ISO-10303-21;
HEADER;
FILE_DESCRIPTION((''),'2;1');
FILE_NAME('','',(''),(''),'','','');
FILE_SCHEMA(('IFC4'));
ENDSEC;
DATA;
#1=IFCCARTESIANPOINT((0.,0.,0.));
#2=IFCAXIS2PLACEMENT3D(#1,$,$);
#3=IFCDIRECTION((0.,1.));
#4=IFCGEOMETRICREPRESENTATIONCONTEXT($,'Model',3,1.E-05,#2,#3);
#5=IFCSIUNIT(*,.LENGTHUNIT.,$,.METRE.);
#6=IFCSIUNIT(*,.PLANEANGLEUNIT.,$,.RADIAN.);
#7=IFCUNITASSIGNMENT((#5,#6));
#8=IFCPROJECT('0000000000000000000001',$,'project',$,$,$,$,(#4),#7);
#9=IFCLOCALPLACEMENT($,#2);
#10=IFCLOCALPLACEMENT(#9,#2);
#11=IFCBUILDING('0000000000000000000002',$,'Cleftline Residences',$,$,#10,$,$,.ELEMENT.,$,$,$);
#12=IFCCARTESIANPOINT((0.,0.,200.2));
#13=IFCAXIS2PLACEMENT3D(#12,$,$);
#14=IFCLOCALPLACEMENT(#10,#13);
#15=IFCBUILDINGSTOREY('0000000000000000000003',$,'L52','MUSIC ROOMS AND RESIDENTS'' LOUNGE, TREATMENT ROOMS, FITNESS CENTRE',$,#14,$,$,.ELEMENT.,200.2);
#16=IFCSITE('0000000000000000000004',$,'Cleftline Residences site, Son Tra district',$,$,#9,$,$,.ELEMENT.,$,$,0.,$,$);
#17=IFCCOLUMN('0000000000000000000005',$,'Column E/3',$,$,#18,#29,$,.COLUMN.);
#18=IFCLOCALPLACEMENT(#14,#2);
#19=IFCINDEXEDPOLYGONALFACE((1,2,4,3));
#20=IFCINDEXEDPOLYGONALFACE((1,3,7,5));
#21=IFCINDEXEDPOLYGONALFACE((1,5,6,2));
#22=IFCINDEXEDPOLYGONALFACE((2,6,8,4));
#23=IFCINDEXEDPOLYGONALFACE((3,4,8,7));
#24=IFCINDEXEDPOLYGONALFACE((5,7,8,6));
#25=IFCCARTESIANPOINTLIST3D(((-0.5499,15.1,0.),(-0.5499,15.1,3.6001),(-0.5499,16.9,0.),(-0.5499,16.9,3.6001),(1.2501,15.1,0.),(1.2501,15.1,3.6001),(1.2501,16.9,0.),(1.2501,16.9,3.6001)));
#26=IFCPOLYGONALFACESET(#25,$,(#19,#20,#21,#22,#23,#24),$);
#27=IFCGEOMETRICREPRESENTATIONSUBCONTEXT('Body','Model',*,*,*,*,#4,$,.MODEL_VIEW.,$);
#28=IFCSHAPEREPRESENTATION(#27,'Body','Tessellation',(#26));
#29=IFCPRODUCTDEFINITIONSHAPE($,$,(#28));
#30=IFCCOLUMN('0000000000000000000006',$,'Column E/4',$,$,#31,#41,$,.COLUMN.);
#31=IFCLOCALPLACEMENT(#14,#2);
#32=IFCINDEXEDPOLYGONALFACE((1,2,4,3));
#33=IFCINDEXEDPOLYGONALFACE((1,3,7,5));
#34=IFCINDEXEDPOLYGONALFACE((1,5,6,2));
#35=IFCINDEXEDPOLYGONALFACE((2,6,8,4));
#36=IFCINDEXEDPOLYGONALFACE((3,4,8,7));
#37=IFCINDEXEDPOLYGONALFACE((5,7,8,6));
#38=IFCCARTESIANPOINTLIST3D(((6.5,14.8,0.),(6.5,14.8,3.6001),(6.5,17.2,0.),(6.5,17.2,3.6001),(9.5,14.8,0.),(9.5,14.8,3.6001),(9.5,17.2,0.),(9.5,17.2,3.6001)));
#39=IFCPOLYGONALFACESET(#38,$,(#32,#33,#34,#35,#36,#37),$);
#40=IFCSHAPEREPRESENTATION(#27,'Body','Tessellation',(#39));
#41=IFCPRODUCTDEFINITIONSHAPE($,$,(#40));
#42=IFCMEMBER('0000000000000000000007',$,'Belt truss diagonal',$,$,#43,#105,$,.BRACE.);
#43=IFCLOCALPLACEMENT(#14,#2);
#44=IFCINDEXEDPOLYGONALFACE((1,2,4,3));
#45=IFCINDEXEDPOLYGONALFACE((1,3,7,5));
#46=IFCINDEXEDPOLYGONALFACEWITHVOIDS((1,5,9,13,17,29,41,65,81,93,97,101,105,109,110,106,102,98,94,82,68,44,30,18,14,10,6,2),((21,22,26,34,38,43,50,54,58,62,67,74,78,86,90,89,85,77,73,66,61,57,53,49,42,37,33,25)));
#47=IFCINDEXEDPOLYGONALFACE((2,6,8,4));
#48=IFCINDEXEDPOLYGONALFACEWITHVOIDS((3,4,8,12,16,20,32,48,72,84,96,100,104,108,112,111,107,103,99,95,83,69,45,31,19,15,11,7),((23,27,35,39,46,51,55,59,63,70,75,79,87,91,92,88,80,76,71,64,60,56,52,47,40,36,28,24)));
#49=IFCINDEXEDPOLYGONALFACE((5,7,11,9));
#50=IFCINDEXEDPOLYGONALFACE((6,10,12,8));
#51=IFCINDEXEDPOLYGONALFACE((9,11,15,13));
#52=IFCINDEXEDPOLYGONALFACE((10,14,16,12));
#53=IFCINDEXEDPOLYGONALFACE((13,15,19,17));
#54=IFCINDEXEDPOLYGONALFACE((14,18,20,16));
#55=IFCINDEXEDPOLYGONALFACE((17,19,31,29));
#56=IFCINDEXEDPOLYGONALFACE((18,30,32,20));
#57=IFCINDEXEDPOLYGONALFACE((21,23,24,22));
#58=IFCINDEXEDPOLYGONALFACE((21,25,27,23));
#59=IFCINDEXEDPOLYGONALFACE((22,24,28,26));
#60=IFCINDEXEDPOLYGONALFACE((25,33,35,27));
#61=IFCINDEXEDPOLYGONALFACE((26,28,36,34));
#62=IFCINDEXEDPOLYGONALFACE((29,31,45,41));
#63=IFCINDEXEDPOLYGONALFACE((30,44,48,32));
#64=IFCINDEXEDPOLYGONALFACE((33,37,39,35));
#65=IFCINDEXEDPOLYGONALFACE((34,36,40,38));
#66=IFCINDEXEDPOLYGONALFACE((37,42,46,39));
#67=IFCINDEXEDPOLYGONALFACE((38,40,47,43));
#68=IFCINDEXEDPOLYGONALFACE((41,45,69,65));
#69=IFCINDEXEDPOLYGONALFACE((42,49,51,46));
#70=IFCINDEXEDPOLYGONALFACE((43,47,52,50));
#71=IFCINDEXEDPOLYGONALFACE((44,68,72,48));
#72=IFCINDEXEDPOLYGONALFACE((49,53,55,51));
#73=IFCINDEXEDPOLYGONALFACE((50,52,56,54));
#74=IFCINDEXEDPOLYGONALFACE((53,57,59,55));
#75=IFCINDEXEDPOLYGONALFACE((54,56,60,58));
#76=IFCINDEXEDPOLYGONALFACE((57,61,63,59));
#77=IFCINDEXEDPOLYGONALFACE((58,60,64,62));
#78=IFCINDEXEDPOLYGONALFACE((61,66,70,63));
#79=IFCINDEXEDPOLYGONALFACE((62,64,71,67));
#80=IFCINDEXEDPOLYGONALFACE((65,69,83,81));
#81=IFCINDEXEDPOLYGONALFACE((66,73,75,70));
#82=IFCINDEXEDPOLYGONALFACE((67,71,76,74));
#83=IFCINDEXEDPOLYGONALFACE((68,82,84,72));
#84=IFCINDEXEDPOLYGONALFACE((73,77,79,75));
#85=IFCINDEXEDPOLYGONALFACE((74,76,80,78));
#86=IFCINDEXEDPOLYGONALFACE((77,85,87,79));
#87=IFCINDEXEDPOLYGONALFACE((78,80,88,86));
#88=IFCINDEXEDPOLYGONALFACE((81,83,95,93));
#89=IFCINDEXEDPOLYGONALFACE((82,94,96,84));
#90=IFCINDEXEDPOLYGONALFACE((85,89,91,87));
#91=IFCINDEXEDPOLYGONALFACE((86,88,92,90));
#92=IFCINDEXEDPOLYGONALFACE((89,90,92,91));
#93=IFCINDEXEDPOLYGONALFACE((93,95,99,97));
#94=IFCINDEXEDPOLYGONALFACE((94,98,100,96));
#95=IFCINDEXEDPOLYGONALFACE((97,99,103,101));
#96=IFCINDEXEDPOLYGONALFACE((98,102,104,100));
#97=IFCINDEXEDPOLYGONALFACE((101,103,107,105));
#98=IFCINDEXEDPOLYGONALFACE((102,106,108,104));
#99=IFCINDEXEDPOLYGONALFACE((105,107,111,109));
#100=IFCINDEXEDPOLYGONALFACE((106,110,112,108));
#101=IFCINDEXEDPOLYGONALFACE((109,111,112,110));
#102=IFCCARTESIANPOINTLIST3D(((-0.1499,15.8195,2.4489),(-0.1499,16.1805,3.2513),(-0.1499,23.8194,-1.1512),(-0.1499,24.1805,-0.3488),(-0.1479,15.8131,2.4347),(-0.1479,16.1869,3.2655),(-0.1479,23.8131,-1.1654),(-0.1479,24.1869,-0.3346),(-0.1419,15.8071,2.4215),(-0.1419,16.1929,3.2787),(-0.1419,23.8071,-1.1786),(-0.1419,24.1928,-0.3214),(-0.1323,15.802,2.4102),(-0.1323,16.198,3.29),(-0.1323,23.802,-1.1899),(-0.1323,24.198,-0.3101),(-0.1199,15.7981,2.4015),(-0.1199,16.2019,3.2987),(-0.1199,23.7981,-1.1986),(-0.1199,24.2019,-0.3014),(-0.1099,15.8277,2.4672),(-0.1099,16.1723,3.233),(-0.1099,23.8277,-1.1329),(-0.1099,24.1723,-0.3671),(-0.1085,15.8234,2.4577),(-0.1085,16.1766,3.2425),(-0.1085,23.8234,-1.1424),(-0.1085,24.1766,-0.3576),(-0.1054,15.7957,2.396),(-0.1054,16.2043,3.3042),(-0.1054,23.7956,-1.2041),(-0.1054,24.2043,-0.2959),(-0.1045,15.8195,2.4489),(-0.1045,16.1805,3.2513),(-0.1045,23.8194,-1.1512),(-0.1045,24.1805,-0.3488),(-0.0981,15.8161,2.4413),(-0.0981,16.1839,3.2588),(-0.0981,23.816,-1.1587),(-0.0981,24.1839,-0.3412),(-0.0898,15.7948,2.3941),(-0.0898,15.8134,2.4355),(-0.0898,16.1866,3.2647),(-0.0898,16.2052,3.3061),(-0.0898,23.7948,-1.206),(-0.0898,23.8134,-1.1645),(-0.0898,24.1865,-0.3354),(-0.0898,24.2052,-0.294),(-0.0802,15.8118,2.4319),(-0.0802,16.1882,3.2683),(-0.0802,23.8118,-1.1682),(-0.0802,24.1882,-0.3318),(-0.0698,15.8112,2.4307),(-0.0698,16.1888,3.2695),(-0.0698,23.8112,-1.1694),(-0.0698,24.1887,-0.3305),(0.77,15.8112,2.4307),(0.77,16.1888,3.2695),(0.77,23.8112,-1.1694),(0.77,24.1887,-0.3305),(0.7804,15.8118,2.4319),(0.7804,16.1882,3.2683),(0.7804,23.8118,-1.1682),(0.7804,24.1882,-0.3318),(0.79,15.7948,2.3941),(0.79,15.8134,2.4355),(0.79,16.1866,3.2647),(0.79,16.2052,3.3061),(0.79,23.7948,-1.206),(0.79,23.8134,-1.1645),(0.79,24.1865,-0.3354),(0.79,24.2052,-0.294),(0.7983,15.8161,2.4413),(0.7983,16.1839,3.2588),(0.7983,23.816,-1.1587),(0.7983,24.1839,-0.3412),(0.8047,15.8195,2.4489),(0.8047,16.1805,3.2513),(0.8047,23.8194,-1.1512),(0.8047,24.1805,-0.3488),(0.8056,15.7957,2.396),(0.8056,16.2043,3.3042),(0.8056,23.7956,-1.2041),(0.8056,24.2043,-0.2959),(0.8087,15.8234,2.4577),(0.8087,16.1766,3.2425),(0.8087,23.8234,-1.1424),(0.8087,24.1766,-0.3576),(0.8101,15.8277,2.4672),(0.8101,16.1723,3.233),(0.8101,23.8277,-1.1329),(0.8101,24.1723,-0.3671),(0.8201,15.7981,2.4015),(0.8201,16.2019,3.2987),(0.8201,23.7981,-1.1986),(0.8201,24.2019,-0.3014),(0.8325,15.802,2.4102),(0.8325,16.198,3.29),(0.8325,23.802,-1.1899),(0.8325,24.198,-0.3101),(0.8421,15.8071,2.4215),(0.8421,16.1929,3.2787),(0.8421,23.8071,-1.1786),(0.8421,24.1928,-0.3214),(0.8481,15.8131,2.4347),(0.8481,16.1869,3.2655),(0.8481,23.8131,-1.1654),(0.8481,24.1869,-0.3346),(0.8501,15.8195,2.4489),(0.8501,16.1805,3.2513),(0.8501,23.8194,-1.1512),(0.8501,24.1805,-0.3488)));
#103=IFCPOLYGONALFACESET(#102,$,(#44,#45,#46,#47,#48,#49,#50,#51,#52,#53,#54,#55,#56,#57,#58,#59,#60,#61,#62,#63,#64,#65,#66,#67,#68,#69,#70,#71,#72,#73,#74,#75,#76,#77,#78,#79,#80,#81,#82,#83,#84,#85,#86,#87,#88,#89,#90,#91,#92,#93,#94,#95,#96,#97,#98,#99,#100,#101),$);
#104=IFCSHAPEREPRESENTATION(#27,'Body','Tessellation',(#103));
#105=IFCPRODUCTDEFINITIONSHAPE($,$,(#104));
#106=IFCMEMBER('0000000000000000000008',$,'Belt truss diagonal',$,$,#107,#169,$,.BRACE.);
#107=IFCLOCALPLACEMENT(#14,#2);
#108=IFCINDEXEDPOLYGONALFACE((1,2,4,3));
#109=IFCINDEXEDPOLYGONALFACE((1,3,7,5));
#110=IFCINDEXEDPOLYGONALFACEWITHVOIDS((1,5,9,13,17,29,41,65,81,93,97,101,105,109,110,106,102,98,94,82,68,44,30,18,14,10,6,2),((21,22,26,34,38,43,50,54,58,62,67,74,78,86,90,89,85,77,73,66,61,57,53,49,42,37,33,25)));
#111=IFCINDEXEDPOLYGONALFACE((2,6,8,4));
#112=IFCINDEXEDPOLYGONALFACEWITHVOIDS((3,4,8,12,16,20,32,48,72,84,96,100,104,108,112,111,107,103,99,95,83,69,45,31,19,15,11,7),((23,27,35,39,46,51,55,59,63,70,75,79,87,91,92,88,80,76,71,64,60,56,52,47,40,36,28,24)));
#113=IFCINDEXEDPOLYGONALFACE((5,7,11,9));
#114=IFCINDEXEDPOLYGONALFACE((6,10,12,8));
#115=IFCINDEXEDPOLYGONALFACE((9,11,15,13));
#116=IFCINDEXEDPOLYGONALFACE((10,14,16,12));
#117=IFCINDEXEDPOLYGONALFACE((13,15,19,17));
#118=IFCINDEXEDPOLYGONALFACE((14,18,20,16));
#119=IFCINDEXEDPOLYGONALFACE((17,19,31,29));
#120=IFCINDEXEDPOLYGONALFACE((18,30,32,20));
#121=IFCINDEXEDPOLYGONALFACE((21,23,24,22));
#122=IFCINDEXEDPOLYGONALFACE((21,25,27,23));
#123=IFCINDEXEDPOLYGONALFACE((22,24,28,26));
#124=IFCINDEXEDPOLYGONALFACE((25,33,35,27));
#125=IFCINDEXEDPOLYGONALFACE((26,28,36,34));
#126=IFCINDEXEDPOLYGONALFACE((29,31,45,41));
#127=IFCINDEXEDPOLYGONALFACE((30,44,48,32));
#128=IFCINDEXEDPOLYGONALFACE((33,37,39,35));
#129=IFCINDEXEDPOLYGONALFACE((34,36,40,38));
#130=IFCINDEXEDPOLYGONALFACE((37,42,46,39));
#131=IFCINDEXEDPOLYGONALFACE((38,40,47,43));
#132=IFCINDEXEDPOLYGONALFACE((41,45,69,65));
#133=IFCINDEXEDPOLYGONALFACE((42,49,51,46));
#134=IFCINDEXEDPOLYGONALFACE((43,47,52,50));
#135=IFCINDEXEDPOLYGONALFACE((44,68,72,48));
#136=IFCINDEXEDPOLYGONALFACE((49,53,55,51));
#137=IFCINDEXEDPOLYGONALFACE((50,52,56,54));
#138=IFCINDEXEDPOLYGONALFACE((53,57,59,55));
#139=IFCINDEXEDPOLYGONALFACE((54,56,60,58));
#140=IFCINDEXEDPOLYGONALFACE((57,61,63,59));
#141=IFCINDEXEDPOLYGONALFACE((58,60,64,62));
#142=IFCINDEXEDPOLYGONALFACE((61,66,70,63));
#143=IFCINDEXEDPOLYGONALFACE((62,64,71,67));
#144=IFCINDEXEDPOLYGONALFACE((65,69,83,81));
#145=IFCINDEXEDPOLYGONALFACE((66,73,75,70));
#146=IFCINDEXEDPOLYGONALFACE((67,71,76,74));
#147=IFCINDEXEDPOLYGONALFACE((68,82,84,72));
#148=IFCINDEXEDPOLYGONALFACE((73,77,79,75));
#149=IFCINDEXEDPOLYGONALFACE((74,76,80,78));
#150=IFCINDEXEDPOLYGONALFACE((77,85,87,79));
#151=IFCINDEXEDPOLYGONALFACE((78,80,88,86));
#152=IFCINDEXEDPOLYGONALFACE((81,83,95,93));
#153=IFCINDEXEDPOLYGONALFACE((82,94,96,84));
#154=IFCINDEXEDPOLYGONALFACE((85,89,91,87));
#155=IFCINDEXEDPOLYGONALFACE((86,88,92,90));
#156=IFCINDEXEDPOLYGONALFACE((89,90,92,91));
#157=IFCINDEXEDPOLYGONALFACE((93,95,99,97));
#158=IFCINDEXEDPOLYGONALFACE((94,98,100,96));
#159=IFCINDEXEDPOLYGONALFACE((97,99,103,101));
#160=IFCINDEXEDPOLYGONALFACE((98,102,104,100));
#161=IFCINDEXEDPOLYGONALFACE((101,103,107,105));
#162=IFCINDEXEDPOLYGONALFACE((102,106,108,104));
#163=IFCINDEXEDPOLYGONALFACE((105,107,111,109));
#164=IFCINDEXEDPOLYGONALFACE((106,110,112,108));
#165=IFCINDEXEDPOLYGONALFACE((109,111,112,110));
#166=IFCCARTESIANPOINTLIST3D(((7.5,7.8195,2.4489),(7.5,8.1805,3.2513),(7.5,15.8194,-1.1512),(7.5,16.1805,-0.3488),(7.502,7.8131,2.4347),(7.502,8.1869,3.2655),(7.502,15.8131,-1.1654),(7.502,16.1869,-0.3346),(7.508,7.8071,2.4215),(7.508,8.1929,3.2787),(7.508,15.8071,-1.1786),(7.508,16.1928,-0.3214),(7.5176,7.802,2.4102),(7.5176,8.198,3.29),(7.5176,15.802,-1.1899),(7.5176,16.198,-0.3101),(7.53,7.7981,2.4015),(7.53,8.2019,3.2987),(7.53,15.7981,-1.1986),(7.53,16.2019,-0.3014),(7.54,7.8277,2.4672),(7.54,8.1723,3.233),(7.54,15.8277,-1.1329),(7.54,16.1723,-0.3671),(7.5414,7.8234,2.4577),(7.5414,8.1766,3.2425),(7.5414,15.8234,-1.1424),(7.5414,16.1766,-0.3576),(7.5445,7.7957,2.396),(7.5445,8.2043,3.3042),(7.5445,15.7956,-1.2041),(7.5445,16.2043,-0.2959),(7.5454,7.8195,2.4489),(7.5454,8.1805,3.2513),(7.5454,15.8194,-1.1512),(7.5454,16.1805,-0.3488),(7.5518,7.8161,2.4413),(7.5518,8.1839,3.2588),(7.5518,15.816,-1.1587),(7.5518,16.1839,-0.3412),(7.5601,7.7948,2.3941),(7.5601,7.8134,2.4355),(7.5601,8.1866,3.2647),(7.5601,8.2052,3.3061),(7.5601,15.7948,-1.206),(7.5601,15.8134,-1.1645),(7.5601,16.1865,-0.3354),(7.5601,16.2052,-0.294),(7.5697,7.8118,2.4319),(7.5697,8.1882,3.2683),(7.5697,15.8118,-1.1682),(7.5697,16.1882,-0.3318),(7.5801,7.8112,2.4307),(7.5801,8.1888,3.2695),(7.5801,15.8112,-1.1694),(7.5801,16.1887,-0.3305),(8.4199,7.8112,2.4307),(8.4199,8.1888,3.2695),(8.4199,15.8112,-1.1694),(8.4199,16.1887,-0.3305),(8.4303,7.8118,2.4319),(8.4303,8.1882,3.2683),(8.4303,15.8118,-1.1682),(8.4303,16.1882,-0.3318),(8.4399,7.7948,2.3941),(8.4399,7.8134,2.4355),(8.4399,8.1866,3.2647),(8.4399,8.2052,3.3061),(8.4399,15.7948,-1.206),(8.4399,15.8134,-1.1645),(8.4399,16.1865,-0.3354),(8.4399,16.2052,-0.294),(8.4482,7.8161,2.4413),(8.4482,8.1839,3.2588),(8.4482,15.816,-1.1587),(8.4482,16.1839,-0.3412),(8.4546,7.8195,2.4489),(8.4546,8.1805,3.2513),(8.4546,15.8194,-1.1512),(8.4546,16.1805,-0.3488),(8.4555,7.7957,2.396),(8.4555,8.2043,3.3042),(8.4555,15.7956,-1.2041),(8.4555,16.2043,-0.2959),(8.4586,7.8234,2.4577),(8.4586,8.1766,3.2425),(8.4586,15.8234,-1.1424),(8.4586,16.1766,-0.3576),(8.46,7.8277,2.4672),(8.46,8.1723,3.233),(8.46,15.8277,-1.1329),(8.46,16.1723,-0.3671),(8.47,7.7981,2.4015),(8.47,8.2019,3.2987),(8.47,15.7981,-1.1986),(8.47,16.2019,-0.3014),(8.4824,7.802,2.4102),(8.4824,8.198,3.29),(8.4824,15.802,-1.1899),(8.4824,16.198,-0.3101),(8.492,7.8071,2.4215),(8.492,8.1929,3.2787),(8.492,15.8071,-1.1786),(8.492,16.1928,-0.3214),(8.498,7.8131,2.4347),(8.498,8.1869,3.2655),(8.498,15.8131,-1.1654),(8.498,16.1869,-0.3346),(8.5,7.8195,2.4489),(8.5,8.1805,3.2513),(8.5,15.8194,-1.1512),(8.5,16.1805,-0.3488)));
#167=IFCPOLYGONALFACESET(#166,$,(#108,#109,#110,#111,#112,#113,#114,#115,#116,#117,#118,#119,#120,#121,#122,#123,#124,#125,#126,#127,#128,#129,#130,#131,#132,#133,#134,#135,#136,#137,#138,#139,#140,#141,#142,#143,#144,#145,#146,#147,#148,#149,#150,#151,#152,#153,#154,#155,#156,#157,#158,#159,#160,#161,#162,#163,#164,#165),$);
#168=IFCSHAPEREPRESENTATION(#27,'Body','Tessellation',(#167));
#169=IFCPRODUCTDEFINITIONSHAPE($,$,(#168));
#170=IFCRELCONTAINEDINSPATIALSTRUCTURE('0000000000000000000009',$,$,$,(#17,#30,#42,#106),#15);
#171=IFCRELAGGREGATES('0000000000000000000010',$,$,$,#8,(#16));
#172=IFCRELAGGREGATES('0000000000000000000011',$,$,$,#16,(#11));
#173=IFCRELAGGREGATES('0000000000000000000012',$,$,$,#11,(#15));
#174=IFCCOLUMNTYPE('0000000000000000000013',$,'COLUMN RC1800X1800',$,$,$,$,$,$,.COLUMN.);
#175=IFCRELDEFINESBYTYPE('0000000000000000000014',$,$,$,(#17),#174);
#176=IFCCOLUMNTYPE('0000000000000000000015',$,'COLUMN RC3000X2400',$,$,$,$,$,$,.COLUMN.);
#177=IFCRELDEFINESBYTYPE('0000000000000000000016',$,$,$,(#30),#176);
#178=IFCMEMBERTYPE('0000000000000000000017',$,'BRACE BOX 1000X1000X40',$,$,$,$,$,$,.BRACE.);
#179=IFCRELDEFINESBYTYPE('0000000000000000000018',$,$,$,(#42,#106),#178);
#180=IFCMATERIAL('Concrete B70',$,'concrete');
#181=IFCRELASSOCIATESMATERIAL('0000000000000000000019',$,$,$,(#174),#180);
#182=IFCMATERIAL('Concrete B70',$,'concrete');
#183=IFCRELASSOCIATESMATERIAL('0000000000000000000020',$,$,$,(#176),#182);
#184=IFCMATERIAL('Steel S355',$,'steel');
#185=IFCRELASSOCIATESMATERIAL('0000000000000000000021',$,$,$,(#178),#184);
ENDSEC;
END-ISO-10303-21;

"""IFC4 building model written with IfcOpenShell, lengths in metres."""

from ifc_helpers import new_model, si_unit, direction, frame, origin, origin_2d, place, context, subcontext, project, spatial, rectangle, hollow_rectangle, extrude, material, material_profile, profile_set, type_object, element, save


model = new_model("IFC4")

# Units and contexts
model_context = context("Model", 3, precision=1e-05, world=origin(), true_north=direction((0.0, 1.0)))
body_context = subcontext(model_context, "Body", "Model", "MODEL_VIEW")
ifc_project = project(units=[si_unit("LENGTHUNIT", "METRE"), si_unit("PLANEANGLEUNIT", "RADIAN")], contexts=[model_context])

# Site, building, storey
site_placement = place(None, origin())
site = spatial("IfcSite", under=ifc_project, at=site_placement, Name="Cleftline Residences site, Son Tra district", CompositionType="ELEMENT", RefElevation=0.0)
building_placement = place(site_placement, origin())
building = spatial("IfcBuilding", under=site, at=building_placement, Name="Cleftline Residences", CompositionType="ELEMENT")
storey_placement = place(building_placement, frame((0.0, 0.0, 200.2)))
storey = spatial("IfcBuildingStorey", under=building, at=storey_placement, Name="L52", Description="MUSIC ROOMS AND RESIDENTS' LOUNGE, TREATMENT ROOMS, FITNESS CENTRE", CompositionType="ELEMENT", Elevation=200.2)

# Columns
ifc_material_1 = material(Name="Concrete B70", Category="concrete")
ifc_material_profile_1 = material_profile(ifc_material_1, rectangle(XDim=1.8, YDim=1.8, at=origin_2d()))
ifc_profile_set_1 = profile_set([ifc_material_profile_1], Name="Concrete B70")
column_type_1 = type_object("IfcColumnType", Name="COLUMN RC1800X1800", PredefinedType="COLUMN", material=ifc_profile_set_1)
column_1_placement = place(storey_placement, frame((0.3501, 16.0, 0.0), z_axis=(0.0, 0.0, 1.0), x_axis=(1.0, 0.0, 0.0)))
element("IfcColumn", 1, at=column_1_placement, inside=storey, type_object=column_type_1, Name="Column E/3", PredefinedType="COLUMN", context=body_context, shape_type="SweptSolid", body=[
    extrude(rectangle(XDim=1.8, YDim=1.8, at=origin_2d()), origin(), (0.0, 0.0, 1.0), 3.6001),
])
ifc_material_2 = material(Name="Concrete B70", Category="concrete")
ifc_material_profile_2 = material_profile(ifc_material_2, rectangle(XDim=3.0, YDim=2.3999, at=origin_2d()))
ifc_profile_set_2 = profile_set([ifc_material_profile_2], Name="Concrete B70")
column_type_2 = type_object("IfcColumnType", Name="COLUMN RC3000X2400", PredefinedType="COLUMN", material=ifc_profile_set_2)
column_2_placement = place(storey_placement, frame((8.0, 16.0, 0.0), z_axis=(0.0, 0.0, 1.0), x_axis=(1.0, 0.0, 0.0)))
element("IfcColumn", 2, at=column_2_placement, inside=storey, type_object=column_type_2, Name="Column E/4", PredefinedType="COLUMN", context=body_context, shape_type="SweptSolid", body=[
    extrude(rectangle(XDim=3.0, YDim=2.3999, at=origin_2d()), origin(), (0.0, 0.0, 1.0), 3.6001),
])

# Members
ifc_material_3 = material(Name="Steel S355", Category="steel")
ifc_material_profile_3 = material_profile(ifc_material_3, hollow_rectangle(XDim=1.0, YDim=1.0, WallThickness=0.04, InnerFilletRadius=0.04, OuterFilletRadius=0.0601, at=origin_2d()))
ifc_profile_set_3 = profile_set([ifc_material_profile_3], Name="Steel S355")
member_type_1 = type_object("IfcMemberType", Name="BRACE BOX 1000X1000X40", PredefinedType="BRACE", material=ifc_profile_set_3)
for number, where, z_axis, x_axis, name in (
    (3, (0.3501, 16.0, 2.8501), (0.0, 0.911917, -0.410374), (0.0, 0.410374, 0.911917), "Belt truss diagonal"),
    (4, (8.0, 8.0, 2.8501), (0.0, 0.911917, -0.410374), (0.0, 0.410374, 0.911917), "Belt truss diagonal"),
):
    element("IfcMember", number, at=place(storey_placement, frame(where, z_axis=z_axis, x_axis=x_axis)), inside=storey, type_object=member_type_1, Name=name, PredefinedType="BRACE", context=body_context, shape_type="SweptSolid", body=[
        extrude(hollow_rectangle(XDim=1.0, YDim=1.0, WallThickness=0.04, InnerFilletRadius=0.04, OuterFilletRadius=0.0601, at=origin_2d()), origin(), (0.0, 0.0, 1.0), 8.7727),
    ])

save(model, "model.ifc")
